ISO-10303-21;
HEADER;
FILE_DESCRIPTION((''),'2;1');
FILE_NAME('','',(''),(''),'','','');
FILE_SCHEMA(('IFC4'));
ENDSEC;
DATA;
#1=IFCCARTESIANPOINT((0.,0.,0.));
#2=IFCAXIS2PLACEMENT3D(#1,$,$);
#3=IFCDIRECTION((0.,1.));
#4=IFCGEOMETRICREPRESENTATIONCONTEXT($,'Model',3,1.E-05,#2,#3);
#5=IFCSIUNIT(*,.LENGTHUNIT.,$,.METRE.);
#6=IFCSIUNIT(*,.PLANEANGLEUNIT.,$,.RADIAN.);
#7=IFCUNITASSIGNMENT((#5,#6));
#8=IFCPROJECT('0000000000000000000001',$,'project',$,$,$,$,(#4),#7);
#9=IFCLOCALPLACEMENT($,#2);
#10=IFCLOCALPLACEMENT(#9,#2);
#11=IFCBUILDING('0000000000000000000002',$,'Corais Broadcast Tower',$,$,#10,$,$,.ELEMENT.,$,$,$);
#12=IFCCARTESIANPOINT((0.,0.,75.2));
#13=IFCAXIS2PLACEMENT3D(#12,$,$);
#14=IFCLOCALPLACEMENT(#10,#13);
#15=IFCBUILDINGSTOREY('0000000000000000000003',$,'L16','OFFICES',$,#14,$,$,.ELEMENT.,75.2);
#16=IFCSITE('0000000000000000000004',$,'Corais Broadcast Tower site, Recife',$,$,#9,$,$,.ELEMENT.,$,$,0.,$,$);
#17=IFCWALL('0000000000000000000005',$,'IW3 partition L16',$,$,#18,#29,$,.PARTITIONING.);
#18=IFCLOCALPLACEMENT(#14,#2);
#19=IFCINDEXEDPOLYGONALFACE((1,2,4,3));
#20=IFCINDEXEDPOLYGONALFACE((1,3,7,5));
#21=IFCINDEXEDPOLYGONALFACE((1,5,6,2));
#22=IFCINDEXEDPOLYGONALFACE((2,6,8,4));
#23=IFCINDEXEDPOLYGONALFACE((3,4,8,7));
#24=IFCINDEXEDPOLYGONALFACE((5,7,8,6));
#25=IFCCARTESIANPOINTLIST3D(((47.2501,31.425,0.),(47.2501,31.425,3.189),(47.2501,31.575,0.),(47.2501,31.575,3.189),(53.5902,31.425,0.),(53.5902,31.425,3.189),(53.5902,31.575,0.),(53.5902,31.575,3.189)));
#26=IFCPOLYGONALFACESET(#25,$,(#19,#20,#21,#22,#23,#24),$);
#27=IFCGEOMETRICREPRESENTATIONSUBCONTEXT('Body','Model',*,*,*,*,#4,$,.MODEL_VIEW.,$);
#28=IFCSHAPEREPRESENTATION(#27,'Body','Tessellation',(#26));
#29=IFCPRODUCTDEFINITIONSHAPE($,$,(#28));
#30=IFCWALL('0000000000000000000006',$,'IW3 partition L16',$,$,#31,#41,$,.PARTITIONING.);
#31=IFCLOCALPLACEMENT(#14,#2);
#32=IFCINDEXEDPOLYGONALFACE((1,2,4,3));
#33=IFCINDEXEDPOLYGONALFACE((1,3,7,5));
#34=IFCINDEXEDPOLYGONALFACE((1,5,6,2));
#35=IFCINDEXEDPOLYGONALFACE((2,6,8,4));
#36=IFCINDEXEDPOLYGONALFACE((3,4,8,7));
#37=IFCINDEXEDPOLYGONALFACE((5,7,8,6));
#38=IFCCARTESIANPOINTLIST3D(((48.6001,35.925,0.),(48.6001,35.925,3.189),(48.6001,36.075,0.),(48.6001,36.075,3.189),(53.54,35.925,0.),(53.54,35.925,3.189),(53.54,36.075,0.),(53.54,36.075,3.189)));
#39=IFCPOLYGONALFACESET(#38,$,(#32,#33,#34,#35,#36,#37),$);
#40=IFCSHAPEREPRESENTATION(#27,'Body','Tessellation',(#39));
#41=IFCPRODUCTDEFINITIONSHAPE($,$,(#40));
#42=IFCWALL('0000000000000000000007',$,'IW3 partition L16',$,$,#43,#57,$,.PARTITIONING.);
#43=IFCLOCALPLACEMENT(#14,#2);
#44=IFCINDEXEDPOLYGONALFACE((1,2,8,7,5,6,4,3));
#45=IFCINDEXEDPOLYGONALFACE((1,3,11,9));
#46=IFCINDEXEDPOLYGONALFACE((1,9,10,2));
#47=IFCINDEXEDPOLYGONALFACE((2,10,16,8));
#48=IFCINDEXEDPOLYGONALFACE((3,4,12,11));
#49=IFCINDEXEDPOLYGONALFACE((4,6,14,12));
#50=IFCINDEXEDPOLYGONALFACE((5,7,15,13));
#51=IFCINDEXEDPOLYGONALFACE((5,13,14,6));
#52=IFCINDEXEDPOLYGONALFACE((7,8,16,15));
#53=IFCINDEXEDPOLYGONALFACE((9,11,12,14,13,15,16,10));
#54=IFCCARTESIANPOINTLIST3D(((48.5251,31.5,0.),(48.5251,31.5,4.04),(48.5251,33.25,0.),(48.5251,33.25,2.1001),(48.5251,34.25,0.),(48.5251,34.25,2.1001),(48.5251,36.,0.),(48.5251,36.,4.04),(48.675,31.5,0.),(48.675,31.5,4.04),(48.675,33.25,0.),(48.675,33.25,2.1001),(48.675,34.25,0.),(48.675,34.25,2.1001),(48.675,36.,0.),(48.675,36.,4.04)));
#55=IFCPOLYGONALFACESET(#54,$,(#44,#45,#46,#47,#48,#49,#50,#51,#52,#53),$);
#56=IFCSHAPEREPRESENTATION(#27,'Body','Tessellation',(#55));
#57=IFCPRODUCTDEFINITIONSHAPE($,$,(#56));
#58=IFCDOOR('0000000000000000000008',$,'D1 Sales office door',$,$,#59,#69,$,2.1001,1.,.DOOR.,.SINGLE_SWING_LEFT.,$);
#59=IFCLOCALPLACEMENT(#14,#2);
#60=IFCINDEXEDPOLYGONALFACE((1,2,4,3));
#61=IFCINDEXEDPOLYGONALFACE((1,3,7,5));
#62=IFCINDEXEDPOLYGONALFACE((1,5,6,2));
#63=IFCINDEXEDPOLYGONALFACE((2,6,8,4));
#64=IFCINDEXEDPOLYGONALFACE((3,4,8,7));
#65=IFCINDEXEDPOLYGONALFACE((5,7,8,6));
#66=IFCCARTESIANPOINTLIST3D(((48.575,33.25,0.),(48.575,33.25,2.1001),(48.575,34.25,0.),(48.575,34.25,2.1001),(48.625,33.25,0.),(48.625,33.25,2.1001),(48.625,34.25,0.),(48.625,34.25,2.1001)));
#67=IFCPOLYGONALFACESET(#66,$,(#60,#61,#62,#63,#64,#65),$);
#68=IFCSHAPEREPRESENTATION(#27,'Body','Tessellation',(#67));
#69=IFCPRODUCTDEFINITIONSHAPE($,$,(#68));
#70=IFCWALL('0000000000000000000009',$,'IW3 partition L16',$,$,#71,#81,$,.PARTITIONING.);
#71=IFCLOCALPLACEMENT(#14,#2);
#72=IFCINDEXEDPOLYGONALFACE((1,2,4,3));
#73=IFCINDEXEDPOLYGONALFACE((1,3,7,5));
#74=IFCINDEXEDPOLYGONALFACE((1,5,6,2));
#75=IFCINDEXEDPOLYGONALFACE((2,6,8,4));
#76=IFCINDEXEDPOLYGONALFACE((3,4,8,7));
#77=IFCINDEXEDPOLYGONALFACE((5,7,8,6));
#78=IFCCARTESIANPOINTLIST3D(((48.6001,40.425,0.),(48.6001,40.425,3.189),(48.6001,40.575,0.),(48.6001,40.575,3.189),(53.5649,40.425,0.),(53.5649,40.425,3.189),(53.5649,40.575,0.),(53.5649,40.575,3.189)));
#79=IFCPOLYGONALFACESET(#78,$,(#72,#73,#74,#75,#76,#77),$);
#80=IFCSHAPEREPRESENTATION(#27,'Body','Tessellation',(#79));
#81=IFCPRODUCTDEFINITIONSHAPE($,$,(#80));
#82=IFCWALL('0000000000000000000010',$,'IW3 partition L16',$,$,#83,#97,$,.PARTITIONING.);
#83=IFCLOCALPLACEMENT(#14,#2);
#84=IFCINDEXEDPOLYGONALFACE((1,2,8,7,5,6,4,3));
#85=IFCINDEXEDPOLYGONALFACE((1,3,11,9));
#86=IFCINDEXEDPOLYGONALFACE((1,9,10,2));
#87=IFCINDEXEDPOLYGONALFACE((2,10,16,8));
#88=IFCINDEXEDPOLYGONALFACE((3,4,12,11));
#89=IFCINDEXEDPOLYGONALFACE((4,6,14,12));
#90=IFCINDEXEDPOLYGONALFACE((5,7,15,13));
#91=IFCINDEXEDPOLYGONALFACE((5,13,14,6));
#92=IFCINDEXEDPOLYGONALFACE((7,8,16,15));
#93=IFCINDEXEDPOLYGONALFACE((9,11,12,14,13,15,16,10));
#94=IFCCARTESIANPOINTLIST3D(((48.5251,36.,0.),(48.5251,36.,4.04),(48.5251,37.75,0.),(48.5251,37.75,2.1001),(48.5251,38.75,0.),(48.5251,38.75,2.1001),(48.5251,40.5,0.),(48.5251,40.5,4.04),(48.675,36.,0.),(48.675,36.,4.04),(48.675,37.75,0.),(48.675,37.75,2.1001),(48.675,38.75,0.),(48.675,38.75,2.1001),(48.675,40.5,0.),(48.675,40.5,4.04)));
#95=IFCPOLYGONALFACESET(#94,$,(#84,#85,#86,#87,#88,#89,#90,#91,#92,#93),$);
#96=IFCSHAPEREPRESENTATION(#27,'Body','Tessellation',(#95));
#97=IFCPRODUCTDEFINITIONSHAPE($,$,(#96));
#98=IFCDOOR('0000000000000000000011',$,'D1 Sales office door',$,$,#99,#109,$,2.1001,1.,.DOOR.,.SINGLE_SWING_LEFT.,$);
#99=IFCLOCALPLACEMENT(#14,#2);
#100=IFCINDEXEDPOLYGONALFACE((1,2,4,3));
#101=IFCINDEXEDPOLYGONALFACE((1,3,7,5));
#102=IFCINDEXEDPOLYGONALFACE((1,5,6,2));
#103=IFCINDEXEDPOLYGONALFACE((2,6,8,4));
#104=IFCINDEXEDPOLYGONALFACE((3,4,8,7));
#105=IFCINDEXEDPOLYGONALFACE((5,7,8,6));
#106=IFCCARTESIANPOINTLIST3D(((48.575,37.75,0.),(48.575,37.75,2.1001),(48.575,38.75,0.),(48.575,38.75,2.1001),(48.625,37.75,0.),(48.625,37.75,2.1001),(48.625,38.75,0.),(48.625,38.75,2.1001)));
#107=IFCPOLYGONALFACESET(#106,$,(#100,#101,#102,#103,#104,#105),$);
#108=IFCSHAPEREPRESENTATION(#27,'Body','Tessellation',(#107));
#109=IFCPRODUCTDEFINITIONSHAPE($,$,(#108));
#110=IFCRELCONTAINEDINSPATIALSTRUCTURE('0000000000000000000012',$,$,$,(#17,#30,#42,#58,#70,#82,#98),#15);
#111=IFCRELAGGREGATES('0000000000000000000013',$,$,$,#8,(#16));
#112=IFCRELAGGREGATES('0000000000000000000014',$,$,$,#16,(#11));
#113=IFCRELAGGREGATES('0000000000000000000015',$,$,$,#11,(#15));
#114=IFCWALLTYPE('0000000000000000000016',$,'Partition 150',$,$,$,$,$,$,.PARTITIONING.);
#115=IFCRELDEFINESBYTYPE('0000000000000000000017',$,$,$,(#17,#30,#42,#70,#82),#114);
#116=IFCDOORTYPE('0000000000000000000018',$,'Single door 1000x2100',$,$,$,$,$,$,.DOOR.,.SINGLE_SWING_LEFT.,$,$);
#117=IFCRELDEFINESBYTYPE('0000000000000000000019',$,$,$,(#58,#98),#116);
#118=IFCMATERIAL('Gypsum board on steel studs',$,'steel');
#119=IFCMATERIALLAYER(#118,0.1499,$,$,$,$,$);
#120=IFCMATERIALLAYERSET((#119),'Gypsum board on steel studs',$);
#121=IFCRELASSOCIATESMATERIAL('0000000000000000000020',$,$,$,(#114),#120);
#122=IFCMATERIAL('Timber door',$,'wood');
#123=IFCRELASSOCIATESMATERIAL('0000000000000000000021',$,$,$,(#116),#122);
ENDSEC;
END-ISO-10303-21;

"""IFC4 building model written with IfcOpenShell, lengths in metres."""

from ifc_helpers import new_model, si_unit, direction, frame, frame_2d, origin, place, context, subcontext, project, spatial, rectangle, extrude, material, layer, layer_set, type_object, element, fill, save


model = new_model("IFC4")

# Units and contexts
model_context = context("Model", 3, precision=1e-05, world=origin(), true_north=direction((0.0, 1.0)))
body_context = subcontext(model_context, "Body", "Model", "MODEL_VIEW")
ifc_project = project(units=[si_unit("LENGTHUNIT", "METRE"), si_unit("PLANEANGLEUNIT", "RADIAN")], contexts=[model_context])

# Site, building, storey
site_placement = place(None, origin())
site = spatial("IfcSite", under=ifc_project, at=site_placement, Name="Corais Broadcast Tower site, Recife", CompositionType="ELEMENT", RefElevation=0.0)
building_placement = place(site_placement, origin())
building = spatial("IfcBuilding", under=site, at=building_placement, Name="Corais Broadcast Tower", CompositionType="ELEMENT")
storey_placement = place(building_placement, frame((0.0, 0.0, 75.2)))
storey = spatial("IfcBuildingStorey", under=building, at=storey_placement, Name="L16", Description="OFFICES", CompositionType="ELEMENT", Elevation=75.2)

# Walls
ifc_material_1 = material(Name="Gypsum board on steel studs", Category="steel")
ifc_layer_1 = layer(ifc_material_1, 0.1499)
ifc_layer_set_1 = layer_set([ifc_layer_1], Name="Gypsum board on steel studs")
wall_type = type_object("IfcWallType", Name="Partition 150", PredefinedType="PARTITIONING", material=ifc_layer_set_1)
wall_1_placement = place(storey_placement, frame((53.5901, 31.5, 0.0), z_axis=(0.0, 0.0, 1.0), x_axis=(-1.0, 0.0, 0.0)))
element("IfcWall", 1, at=wall_1_placement, inside=storey, type_object=wall_type, Name="IW3 partition L16", PredefinedType="PARTITIONING", context=body_context, shape_type="SweptSolid", body=[
    extrude(rectangle(XDim=6.3401, YDim=0.1499, at=frame_2d((3.1699, 0.0))), origin(), (0.0, 0.0, 1.0), 3.189),
])
wall_2_placement = place(storey_placement, frame((53.54, 36.0, 0.0), z_axis=(0.0, 0.0, 1.0), x_axis=(-1.0, 0.0, 0.0)))
element("IfcWall", 2, at=wall_2_placement, inside=storey, type_object=wall_type, Name="IW3 partition L16", PredefinedType="PARTITIONING", context=body_context, shape_type="SweptSolid", body=[
    extrude(rectangle(XDim=4.9399, YDim=0.1499, at=frame_2d((2.47, 0.0))), origin(), (0.0, 0.0, 1.0), 3.189),
])

# Wall, opening, door
wall_3_placement = place(storey_placement, frame((48.6001, 36.0, 0.0), z_axis=(0.0, 0.0, 1.0), x_axis=(0.0, -1.0, 0.0)))
wall_3 = element("IfcWall", 3, at=wall_3_placement, inside=storey, type_object=wall_type, Name="IW3 partition L16", PredefinedType="PARTITIONING", context=body_context, shape_type="SweptSolid", body=[
    extrude(rectangle(XDim=4.5, YDim=0.1499, at=frame_2d((2.25, 0.0))), origin(), (0.0, 0.0, 1.0), 4.04),
])
opening_1_placement = place(wall_3_placement, frame((1.75, 0.0, 0.0)))
opening_1 = element("IfcOpeningElement", 4, at=opening_1_placement, cuts=wall_3, PredefinedType="OPENING", context=body_context, shape_type="SweptSolid", body=[
    extrude(rectangle(XDim=1.0, YDim=2.1001, at=frame_2d((0.5, 1.05))), frame((0.0, 0.085, 0.0), z_axis=(0.0, -1.0, 0.0), x_axis=(1.0, 0.0, 0.0)), (0.0, 0.0, 1.0), 0.1699),
])
ifc_material_2 = material(Name="Timber door", Category="wood")
door_type = type_object("IfcDoorType", Name="Single door 1000x2100", OperationType="SINGLE_SWING_LEFT", PredefinedType="DOOR", material=ifc_material_2)
door_1_placement = place(opening_1_placement, origin())
door_1 = element("IfcDoor", 5, at=door_1_placement, inside=storey, type_object=door_type, Name="D1 Sales office door", OperationType="SINGLE_SWING_LEFT", OverallHeight=2.1001, OverallWidth=1.0, PredefinedType="DOOR", context=body_context, shape_type="SweptSolid", body=[
    extrude(rectangle(XDim=1.0, YDim=2.1001, at=frame_2d((0.5, 1.05))), frame((0.0, 0.0249, 0.0), z_axis=(0.0, -1.0, 0.0), x_axis=(1.0, 0.0, 0.0)), (0.0, 0.0, 1.0), 0.05),
])
fill(opening_1, door_1)

# Wall
wall_4_placement = place(storey_placement, frame((53.5649, 40.5, 0.0), z_axis=(0.0, 0.0, 1.0), x_axis=(-1.0, 0.0, 0.0)))
element("IfcWall", 6, at=wall_4_placement, inside=storey, type_object=wall_type, Name="IW3 partition L16", PredefinedType="PARTITIONING", context=body_context, shape_type="SweptSolid", body=[
    extrude(rectangle(XDim=4.9648, YDim=0.1499, at=frame_2d((2.4824, 0.0))), origin(), (0.0, 0.0, 1.0), 3.189),
])

# Wall, opening, door
wall_5_placement = place(storey_placement, frame((48.6001, 40.5, 0.0), z_axis=(0.0, 0.0, 1.0), x_axis=(0.0, -1.0, 0.0)))
wall_5 = element("IfcWall", 7, at=wall_5_placement, inside=storey, type_object=wall_type, Name="IW3 partition L16", PredefinedType="PARTITIONING", context=body_context, shape_type="SweptSolid", body=[
    extrude(rectangle(XDim=4.5, YDim=0.1499, at=frame_2d((2.25, 0.0))), origin(), (0.0, 0.0, 1.0), 4.04),
])
opening_2_placement = place(wall_5_placement, frame((1.75, 0.0, 0.0)))
opening_2 = element("IfcOpeningElement", 8, at=opening_2_placement, cuts=wall_5, PredefinedType="OPENING", context=body_context, shape_type="SweptSolid", body=[
    extrude(rectangle(XDim=1.0, YDim=2.1001, at=frame_2d((0.5, 1.05))), frame((0.0, 0.085, 0.0), z_axis=(0.0, -1.0, 0.0), x_axis=(1.0, 0.0, 0.0)), (0.0, 0.0, 1.0), 0.1699),
])
door_2_placement = place(opening_2_placement, origin())
door_2 = element("IfcDoor", 9, at=door_2_placement, inside=storey, type_object=door_type, Name="D1 Sales office door", OperationType="SINGLE_SWING_LEFT", OverallHeight=2.1001, OverallWidth=1.0, PredefinedType="DOOR", context=body_context, shape_type="SweptSolid", body=[
    extrude(rectangle(XDim=1.0, YDim=2.1001, at=frame_2d((0.5, 1.05))), frame((0.0, 0.0249, 0.0), z_axis=(0.0, -1.0, 0.0), x_axis=(1.0, 0.0, 0.0)), (0.0, 0.0, 1.0), 0.05),
])
fill(opening_2, door_2)

save(model, "model.ifc")
